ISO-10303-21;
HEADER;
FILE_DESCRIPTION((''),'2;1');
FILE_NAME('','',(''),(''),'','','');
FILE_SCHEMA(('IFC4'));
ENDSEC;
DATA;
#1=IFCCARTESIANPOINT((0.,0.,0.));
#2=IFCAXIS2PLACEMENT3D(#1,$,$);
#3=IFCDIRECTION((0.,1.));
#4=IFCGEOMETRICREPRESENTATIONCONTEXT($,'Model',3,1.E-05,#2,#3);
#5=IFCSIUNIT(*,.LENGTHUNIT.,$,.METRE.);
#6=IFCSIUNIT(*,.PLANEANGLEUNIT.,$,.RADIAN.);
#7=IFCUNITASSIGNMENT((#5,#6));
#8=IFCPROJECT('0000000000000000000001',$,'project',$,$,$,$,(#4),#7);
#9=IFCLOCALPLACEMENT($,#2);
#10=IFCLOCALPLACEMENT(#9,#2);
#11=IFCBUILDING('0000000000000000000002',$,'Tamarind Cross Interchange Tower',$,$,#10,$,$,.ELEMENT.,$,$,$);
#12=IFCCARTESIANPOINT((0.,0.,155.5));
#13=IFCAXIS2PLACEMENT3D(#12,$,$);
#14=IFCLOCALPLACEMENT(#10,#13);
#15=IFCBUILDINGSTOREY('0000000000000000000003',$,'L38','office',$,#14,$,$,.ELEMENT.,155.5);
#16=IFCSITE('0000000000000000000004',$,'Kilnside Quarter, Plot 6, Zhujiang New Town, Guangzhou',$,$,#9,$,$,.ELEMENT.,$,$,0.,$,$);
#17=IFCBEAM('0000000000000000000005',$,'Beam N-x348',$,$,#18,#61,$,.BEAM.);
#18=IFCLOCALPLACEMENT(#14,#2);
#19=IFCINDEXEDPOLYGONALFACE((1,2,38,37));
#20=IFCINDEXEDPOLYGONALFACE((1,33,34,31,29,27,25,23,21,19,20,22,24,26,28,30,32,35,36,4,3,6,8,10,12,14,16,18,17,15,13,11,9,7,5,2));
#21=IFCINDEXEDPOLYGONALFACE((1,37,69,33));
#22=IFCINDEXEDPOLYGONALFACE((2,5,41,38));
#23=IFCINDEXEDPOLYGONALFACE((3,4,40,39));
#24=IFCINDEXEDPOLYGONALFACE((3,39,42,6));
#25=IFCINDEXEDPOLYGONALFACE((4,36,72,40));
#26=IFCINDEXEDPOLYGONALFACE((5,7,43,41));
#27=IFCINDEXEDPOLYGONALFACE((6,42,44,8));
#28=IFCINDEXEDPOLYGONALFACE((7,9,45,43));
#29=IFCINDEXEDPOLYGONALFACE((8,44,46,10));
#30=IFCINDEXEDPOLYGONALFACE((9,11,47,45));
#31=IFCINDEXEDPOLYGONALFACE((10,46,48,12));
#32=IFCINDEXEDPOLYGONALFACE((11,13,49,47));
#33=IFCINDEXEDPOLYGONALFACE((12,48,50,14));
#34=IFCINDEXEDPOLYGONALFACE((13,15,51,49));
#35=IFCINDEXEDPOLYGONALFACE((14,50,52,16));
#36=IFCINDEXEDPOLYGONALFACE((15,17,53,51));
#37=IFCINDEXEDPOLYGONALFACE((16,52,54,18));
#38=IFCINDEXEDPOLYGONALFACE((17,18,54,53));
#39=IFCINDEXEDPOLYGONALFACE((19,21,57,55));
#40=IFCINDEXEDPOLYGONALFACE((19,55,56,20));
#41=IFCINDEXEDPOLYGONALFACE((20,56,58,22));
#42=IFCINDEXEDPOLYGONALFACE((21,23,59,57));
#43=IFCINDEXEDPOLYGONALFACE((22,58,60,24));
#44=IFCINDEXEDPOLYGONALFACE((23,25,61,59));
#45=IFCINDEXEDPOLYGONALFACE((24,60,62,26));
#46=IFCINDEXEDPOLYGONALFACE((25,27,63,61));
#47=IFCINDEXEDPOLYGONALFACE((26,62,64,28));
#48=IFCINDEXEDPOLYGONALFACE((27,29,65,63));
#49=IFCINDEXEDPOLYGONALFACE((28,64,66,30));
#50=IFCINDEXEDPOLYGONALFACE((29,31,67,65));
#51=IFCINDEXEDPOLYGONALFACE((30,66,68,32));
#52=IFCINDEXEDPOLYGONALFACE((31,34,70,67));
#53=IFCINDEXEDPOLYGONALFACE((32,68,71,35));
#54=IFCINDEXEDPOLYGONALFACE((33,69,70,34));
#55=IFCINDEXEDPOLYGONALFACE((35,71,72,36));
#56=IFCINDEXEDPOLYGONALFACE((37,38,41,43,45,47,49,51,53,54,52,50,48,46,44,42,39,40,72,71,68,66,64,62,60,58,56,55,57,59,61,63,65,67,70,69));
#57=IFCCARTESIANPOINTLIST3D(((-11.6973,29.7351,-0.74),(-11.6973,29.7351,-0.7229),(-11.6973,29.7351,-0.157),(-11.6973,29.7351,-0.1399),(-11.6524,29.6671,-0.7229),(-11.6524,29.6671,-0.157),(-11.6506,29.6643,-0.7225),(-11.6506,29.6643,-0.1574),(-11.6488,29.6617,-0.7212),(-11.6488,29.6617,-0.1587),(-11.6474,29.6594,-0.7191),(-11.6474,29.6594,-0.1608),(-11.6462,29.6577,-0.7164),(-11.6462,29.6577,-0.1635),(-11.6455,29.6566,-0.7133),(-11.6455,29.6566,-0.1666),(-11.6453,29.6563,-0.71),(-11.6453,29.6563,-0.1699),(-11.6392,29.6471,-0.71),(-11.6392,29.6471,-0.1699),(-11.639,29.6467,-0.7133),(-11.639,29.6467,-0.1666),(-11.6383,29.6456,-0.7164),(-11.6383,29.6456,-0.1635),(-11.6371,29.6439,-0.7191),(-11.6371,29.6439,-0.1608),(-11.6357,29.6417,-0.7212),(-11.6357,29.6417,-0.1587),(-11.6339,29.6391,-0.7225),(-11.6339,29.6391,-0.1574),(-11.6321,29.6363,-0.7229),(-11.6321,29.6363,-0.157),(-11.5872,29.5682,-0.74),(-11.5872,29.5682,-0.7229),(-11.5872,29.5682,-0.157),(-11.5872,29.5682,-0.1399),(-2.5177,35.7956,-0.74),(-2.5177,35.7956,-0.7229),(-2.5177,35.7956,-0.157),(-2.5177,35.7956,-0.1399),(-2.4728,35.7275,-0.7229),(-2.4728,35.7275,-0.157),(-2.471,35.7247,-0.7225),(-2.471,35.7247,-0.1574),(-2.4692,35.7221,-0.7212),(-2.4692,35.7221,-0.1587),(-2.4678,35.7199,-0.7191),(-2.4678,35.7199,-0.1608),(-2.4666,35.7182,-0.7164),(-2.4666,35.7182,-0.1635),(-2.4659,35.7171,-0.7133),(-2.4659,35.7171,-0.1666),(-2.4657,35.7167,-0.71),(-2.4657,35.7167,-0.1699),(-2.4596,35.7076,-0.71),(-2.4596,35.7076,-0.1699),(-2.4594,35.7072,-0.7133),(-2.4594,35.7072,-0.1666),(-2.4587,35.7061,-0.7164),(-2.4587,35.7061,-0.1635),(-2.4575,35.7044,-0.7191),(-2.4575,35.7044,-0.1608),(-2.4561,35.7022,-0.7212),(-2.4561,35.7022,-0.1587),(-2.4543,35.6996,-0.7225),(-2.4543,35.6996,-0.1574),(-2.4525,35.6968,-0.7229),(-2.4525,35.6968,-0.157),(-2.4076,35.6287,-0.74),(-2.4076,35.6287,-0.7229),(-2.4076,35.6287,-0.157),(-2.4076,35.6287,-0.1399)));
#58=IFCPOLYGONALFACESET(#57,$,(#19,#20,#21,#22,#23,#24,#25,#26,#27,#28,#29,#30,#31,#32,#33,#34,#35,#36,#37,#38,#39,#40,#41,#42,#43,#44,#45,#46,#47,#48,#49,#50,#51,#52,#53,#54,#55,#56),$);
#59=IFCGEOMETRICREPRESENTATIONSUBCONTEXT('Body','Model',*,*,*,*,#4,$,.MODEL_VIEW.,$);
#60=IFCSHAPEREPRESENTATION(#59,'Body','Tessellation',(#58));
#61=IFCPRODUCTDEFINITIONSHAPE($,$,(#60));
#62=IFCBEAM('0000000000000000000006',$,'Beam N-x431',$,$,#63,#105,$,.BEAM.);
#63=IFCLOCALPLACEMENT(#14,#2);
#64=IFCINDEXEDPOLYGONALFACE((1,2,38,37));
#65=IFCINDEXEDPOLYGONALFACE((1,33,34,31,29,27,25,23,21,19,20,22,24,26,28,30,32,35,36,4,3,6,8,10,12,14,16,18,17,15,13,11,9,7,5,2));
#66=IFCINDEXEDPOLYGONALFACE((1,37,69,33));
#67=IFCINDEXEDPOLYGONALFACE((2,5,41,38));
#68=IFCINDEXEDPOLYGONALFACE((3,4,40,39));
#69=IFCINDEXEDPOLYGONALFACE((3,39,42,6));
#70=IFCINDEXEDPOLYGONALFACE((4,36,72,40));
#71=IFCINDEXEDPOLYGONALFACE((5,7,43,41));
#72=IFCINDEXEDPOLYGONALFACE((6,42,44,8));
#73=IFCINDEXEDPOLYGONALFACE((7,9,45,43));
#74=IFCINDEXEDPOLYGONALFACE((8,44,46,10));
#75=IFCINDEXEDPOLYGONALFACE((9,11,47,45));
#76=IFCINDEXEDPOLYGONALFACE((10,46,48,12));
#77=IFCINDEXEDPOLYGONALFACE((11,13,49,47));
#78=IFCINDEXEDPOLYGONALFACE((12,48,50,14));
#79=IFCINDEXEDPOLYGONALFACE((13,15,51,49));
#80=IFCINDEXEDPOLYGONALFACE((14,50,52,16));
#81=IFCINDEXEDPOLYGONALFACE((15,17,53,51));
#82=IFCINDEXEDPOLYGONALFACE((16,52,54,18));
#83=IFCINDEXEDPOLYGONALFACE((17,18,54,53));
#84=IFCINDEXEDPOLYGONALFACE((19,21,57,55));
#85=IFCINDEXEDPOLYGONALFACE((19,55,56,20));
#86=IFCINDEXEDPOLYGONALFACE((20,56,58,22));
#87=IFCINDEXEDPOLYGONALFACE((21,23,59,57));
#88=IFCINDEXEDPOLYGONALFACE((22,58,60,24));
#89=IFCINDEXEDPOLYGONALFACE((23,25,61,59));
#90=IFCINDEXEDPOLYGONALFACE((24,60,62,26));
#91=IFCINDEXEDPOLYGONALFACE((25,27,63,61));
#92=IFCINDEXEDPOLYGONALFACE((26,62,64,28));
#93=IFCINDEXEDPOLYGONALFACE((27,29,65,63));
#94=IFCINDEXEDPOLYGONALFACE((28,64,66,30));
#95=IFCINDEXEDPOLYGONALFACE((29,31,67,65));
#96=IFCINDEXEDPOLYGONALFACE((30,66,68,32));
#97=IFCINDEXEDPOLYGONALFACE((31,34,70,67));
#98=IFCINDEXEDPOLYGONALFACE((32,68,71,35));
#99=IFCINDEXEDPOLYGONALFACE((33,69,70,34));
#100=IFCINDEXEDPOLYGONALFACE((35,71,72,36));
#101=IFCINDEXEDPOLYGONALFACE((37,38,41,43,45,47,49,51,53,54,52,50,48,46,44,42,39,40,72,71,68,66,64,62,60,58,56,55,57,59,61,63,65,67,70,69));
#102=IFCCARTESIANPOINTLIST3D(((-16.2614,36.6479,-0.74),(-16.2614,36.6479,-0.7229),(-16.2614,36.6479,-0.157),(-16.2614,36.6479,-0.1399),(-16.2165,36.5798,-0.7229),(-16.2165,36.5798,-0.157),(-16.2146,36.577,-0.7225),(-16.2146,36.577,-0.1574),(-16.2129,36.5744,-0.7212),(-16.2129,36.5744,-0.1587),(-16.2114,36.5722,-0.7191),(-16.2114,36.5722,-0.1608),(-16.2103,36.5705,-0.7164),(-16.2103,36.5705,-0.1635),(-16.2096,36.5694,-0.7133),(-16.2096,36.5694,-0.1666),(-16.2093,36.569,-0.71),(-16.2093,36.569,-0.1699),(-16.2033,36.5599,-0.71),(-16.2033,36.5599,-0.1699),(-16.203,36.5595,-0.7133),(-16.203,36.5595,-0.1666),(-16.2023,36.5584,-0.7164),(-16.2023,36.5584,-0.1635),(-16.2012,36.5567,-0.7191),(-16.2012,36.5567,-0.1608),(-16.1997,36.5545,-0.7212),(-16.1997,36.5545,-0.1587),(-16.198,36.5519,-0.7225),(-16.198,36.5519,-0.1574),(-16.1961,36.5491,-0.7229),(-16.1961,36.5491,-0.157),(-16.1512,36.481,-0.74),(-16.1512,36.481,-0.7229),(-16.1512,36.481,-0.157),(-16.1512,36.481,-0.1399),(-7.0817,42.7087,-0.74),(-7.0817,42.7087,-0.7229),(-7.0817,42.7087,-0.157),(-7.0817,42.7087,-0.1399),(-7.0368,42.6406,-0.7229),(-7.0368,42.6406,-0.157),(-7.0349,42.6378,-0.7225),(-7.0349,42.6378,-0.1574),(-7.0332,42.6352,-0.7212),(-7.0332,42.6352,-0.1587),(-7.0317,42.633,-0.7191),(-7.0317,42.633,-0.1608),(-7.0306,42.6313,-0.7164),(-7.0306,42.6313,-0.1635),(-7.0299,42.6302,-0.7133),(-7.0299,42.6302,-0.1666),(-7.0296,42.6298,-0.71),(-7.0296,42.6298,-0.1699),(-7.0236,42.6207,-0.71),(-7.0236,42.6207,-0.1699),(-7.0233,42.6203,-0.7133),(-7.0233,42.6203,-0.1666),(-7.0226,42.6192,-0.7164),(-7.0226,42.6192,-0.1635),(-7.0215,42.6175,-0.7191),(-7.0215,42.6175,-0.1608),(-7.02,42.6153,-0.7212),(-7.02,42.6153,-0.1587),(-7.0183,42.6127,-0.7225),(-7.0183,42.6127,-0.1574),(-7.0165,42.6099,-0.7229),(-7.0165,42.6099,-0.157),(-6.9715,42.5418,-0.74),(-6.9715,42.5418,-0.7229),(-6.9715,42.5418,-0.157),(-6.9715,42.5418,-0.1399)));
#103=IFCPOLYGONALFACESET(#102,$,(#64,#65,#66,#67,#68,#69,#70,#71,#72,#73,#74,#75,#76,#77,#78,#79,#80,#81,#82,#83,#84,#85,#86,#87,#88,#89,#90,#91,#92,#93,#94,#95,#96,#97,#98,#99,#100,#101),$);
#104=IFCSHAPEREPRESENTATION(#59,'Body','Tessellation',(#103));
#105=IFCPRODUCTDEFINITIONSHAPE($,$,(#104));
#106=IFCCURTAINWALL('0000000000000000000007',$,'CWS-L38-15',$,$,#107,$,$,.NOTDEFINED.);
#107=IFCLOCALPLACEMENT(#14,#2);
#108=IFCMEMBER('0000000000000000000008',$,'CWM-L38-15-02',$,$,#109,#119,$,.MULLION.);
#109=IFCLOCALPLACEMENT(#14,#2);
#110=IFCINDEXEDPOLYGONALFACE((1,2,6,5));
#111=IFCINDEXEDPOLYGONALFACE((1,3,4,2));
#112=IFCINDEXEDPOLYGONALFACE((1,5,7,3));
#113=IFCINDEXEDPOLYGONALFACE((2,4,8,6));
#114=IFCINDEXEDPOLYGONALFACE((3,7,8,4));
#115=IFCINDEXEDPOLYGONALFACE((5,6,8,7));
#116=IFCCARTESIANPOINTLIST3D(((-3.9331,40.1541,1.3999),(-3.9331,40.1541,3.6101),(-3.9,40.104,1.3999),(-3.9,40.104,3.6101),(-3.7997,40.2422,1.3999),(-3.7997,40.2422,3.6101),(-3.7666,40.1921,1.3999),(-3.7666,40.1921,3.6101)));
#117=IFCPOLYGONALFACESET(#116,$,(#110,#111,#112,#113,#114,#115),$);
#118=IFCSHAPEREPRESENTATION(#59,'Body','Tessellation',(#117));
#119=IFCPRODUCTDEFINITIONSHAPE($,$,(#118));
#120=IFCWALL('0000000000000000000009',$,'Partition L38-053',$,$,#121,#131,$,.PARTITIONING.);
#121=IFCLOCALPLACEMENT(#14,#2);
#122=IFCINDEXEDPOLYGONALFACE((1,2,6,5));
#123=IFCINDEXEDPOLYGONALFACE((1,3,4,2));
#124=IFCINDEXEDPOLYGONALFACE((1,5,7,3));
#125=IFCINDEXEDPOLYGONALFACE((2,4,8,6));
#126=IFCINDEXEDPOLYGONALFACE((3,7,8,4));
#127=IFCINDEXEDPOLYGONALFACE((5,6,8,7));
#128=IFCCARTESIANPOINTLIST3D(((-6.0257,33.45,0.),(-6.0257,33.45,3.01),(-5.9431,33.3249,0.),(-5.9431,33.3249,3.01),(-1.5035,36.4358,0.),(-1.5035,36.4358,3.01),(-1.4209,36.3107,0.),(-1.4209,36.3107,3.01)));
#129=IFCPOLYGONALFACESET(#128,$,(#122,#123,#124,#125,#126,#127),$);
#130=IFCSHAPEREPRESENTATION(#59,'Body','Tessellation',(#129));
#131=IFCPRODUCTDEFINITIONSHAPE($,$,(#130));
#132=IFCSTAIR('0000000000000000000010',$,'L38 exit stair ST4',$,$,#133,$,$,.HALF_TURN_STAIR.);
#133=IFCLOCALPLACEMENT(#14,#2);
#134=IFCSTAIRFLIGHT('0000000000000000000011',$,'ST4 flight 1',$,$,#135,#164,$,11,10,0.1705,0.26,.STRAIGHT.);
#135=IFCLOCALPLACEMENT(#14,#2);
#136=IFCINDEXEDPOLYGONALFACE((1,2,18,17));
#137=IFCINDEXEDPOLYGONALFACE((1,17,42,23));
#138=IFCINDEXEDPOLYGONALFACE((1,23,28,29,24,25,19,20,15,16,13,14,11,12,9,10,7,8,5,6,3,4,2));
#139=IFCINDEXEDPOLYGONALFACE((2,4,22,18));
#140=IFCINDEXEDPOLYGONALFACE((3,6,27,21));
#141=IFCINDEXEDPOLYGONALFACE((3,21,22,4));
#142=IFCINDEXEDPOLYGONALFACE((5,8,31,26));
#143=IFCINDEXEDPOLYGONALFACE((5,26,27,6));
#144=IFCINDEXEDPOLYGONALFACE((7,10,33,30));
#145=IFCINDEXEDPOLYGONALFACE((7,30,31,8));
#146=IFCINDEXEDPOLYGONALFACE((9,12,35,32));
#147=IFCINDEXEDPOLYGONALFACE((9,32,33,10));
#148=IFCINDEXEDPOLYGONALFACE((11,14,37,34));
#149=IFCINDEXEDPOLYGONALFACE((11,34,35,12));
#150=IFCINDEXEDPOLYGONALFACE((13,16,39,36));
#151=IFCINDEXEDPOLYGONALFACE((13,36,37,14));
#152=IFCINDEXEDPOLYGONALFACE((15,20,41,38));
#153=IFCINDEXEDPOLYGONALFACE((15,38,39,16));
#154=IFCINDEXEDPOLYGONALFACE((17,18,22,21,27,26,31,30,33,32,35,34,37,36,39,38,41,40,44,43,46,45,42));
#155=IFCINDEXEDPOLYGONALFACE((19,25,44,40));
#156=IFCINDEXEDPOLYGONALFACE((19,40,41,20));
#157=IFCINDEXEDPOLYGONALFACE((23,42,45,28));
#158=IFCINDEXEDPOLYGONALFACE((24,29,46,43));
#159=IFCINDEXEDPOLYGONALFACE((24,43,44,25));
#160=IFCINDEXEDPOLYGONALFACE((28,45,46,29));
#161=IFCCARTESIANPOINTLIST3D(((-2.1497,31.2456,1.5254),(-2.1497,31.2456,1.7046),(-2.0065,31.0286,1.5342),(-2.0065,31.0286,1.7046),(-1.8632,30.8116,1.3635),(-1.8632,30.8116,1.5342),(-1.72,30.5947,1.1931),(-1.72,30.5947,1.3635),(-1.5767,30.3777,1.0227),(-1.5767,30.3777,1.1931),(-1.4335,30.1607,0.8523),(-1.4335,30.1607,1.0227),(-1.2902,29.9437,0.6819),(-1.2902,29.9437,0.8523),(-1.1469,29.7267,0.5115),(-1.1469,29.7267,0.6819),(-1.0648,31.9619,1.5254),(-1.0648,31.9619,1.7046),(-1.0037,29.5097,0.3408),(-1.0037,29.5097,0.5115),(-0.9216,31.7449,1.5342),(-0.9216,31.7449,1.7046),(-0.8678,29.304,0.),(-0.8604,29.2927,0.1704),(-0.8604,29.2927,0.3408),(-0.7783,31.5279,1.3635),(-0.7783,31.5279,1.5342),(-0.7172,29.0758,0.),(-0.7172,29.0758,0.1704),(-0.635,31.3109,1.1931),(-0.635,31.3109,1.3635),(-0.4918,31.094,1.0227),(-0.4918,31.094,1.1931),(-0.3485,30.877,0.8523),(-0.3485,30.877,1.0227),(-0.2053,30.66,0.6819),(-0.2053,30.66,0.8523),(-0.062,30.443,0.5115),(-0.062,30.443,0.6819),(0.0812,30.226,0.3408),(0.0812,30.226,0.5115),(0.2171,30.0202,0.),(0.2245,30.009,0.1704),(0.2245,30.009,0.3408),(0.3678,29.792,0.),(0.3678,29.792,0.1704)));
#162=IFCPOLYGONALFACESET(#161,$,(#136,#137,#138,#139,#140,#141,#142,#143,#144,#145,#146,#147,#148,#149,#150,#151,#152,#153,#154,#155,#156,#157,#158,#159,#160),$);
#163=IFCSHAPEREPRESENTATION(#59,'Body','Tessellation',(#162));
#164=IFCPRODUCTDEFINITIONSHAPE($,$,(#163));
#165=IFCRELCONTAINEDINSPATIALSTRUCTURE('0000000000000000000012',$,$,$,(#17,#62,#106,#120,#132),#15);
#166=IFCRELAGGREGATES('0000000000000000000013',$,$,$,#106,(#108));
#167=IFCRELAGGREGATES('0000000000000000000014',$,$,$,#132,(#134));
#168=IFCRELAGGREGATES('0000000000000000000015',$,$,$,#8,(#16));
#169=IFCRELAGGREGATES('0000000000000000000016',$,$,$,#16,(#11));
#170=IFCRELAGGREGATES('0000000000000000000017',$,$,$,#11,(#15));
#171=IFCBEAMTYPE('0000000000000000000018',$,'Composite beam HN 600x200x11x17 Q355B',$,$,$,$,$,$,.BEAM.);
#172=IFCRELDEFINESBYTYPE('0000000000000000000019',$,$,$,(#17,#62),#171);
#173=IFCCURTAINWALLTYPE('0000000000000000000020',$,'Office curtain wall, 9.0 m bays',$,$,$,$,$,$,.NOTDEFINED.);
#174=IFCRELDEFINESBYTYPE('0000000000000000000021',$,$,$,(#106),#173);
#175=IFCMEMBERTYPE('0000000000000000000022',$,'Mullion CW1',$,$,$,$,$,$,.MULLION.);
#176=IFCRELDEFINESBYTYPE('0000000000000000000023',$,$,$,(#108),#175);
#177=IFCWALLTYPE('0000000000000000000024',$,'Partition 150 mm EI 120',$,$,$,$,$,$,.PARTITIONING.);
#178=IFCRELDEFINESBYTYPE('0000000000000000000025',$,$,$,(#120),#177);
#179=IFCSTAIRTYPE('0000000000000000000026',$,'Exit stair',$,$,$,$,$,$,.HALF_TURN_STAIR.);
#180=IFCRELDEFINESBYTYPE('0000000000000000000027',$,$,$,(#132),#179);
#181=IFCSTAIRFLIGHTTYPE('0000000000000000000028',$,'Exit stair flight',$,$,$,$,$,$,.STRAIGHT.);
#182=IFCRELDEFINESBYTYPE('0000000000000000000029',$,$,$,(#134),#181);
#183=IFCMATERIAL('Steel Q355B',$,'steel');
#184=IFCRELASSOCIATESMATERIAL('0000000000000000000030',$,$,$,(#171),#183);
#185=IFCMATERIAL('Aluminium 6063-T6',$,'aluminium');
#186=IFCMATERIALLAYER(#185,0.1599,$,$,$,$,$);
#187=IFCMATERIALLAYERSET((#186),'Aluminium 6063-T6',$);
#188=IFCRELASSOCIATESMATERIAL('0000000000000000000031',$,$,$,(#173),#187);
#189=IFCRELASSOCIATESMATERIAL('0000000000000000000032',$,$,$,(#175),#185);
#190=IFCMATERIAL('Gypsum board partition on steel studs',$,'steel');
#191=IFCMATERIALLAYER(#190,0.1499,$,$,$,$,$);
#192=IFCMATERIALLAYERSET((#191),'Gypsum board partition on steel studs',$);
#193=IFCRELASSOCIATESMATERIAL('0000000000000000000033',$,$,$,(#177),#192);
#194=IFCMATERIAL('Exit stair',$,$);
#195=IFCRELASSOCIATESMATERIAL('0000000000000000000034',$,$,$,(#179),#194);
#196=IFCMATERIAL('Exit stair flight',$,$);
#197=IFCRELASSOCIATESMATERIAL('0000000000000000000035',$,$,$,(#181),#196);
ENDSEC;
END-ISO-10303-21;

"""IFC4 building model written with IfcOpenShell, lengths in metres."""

from ifc_helpers import new_model, si_unit, direction, frame, frame_2d, origin, origin_2d, place, context, subcontext, project, spatial, polyline, rectangle, i_section, outline, extrude, material, layer, layer_set, material_profile, profile_set, type_object, element, aggregate, save


model = new_model("IFC4")

# Units and contexts
model_context = context("Model", 3, precision=1e-05, world=origin(), true_north=direction((0.0, 1.0)))
body_context = subcontext(model_context, "Body", "Model", "MODEL_VIEW")
ifc_project = project(units=[si_unit("LENGTHUNIT", "METRE"), si_unit("PLANEANGLEUNIT", "RADIAN")], contexts=[model_context])

# Site, building, storey
site_placement = place(None, origin())
site = spatial("IfcSite", under=ifc_project, at=site_placement, Name="Kilnside Quarter, Plot 6, Zhujiang New Town, Guangzhou", CompositionType="ELEMENT", RefElevation=0.0)
building_placement = place(site_placement, origin())
building = spatial("IfcBuilding", under=site, at=building_placement, Name="Tamarind Cross Interchange Tower", CompositionType="ELEMENT")
storey_placement = place(building_placement, frame((0.0, 0.0, 155.5)))
storey = spatial("IfcBuildingStorey", under=building, at=storey_placement, Name="L38", Description="office", CompositionType="ELEMENT", Elevation=155.5)

# Beams
ifc_material_1 = material(Name="Steel Q355B", Category="steel")
ifc_material_profile_1 = material_profile(ifc_material_1, i_section(OverallWidth=0.2, OverallDepth=0.6001, WebThickness=0.011, FlangeThickness=0.0171, FilletRadius=0.0129, at=origin_2d()), Name="HN 600x200x11x17")
ifc_profile_set_1 = profile_set([ifc_material_profile_1], Name="Steel Q355B")
beam_type_1 = type_object("IfcBeamType", Name="Composite beam HN 600x200x11x17 Q355B", PredefinedType="BEAM", material=ifc_profile_set_1)
for number, where, z_axis, x_axis, name in (
    (1, (-2.4626, 35.7122, -0.4399), (-0.834528, -0.550966, 0.0), (0.550966, -0.834528, 0.0), "Beam N-x348"),
):
    element("IfcBeam", number, at=place(storey_placement, frame(where, z_axis=z_axis, x_axis=x_axis)), inside=storey, type_object=beam_type_1, Name=name, PredefinedType="BEAM", context=body_context, shape_type="SweptSolid", body=[
        extrude(i_section(OverallWidth=0.2, OverallDepth=0.6001, WebThickness=0.011, FlangeThickness=0.0171, FilletRadius=0.0129, at=origin_2d()), origin(), (0.0, 0.0, 1.0), 10.9998),
    ])
beam_1_placement = place(storey_placement, frame((-7.0266, 42.6252, -0.4399), z_axis=(-0.834518, -0.550981, 0.0), x_axis=(0.550981, -0.834518, 0.0)))
element("IfcBeam", 2, at=beam_1_placement, inside=storey, type_object=beam_type_1, Name="Beam N-x431", PredefinedType="BEAM", context=body_context, shape_type="SweptSolid", body=[
    extrude(i_section(OverallWidth=0.2, OverallDepth=0.6001, WebThickness=0.011, FlangeThickness=0.0171, FilletRadius=0.0129, at=origin_2d()), origin(), (0.0, 0.0, 1.0), 11.0),
])

# Curtain wall, member
ifc_material_2 = material(Name="Aluminium 6063-T6", Category="aluminium")
ifc_layer_1 = layer(ifc_material_2, 0.1599)
ifc_layer_set_1 = layer_set([ifc_layer_1], Name="Aluminium 6063-T6")
curtain_wall_type = type_object("IfcCurtainWallType", Name="Office curtain wall, 9.0 m bays", PredefinedType="NOTDEFINED", material=ifc_layer_set_1)
curtain_wall_placement = place(storey_placement, origin())
curtain_wall = element("IfcCurtainWall", 3, at=curtain_wall_placement, inside=storey, type_object=curtain_wall_type, Name="CWS-L38-15", PredefinedType="NOTDEFINED")
ifc_material_profile_2 = material_profile(ifc_material_2, rectangle(XDim=0.0601, YDim=0.1599, at=origin_2d()), Name="Mullion CW1")
ifc_profile_set_2 = profile_set([ifc_material_profile_2], Name="Aluminium 6063-T6")
member_type = type_object("IfcMemberType", Name="Mullion CW1", PredefinedType="MULLION", material=ifc_profile_set_2)
member_placement = place(storey_placement, frame((-3.8499, 40.1731, 1.3999), z_axis=(0.0, 0.0, 1.0), x_axis=(-0.55097, 0.834525, 0.0)))
member = element("IfcMember", 4, at=member_placement, type_object=member_type, Name="CWM-L38-15-02", PredefinedType="MULLION", context=body_context, shape_type="SweptSolid", body=[
    extrude(rectangle(XDim=0.0601, YDim=0.1599, at=origin_2d()), origin(), (0.0, 0.0, 1.0), 2.2102),
])
aggregate(curtain_wall, [member])

# Wall
ifc_material_3 = material(Name="Gypsum board partition on steel studs", Category="steel")
ifc_layer_2 = layer(ifc_material_3, 0.1499)
ifc_layer_set_2 = layer_set([ifc_layer_2], Name="Gypsum board partition on steel studs")
wall_type = type_object("IfcWallType", Name="Partition 150 mm EI 120", PredefinedType="PARTITIONING", material=ifc_layer_set_2)
wall_placement = place(storey_placement, frame((-5.9844, 33.3875, 0.0), z_axis=(0.0, 0.0, 1.0), x_axis=(0.83451, 0.550993, 0.0)))
element("IfcWall", 5, at=wall_placement, inside=storey, type_object=wall_type, Name="Partition L38-053", PredefinedType="PARTITIONING", context=body_context, shape_type="SweptSolid", body=[
    extrude(rectangle(XDim=5.4189, YDim=0.1499, at=frame_2d((2.7095, 0.0))), origin(), (0.0, 0.0, 1.0), 3.01),
])

# Stair, stair flight
ifc_material_4 = material(Name="Exit stair")
stair_type = type_object("IfcStairType", Name="Exit stair", PredefinedType="HALF_TURN_STAIR", material=ifc_material_4)
stair_placement = place(storey_placement, origin())
stair = element("IfcStair", 6, at=stair_placement, inside=storey, type_object=stair_type, Name="L38 exit stair ST4", PredefinedType="HALF_TURN_STAIR")
ifc_material_5 = material(Name="Exit stair flight")
stair_flight_type = type_object("IfcStairFlightType", Name="Exit stair flight", PredefinedType="STRAIGHT", material=ifc_material_5)
stair_flight_1_placement = place(storey_placement, frame((-0.1748, 29.4338, 0.0), z_axis=(0.0, 0.0, 1.0), x_axis=(-0.55097, 0.834525, 0.0)))
stair_flight_1 = element("IfcStairFlight", 7, at=stair_flight_1_placement, type_object=stair_flight_type, Name="ST4 flight 1", NumberOfRisers=11, NumberOfTreads=10, PredefinedType="STRAIGHT", RiserHeight=0.1705, TreadLength=0.26, context=body_context, shape_type="SweptSolid", body=[
    extrude(outline(polyline([(0.0, 0.0), (0.0, 0.1704), (0.26, 0.1704), (0.26, 0.3408), (0.52, 0.3408), (0.52, 0.5115), (0.78, 0.5115), (0.78, 0.6819), (1.04, 0.6819), (1.04, 0.8523), (1.3, 0.8523), (1.3, 1.0227), (1.5601, 1.0227), (1.5601, 1.1931), (1.8201, 1.1931), (1.8201, 1.3635), (2.0801, 1.3635), (2.0801, 1.5342), (2.3401, 1.5342), (2.3401, 1.7046), (2.6001, 1.7046), (2.6001, 1.875), (2.6001, 1.5254), (0.2734, 0.0), (0.0, 0.0)])), frame((0.0, 0.6499, 0.0), z_axis=(0.0, -1.0, 0.0), x_axis=(1.0, 0.0, 0.0)), (0.0, 0.0, 1.0), 1.3),
])
aggregate(stair, [stair_flight_1])

save(model, "model.ifc")
